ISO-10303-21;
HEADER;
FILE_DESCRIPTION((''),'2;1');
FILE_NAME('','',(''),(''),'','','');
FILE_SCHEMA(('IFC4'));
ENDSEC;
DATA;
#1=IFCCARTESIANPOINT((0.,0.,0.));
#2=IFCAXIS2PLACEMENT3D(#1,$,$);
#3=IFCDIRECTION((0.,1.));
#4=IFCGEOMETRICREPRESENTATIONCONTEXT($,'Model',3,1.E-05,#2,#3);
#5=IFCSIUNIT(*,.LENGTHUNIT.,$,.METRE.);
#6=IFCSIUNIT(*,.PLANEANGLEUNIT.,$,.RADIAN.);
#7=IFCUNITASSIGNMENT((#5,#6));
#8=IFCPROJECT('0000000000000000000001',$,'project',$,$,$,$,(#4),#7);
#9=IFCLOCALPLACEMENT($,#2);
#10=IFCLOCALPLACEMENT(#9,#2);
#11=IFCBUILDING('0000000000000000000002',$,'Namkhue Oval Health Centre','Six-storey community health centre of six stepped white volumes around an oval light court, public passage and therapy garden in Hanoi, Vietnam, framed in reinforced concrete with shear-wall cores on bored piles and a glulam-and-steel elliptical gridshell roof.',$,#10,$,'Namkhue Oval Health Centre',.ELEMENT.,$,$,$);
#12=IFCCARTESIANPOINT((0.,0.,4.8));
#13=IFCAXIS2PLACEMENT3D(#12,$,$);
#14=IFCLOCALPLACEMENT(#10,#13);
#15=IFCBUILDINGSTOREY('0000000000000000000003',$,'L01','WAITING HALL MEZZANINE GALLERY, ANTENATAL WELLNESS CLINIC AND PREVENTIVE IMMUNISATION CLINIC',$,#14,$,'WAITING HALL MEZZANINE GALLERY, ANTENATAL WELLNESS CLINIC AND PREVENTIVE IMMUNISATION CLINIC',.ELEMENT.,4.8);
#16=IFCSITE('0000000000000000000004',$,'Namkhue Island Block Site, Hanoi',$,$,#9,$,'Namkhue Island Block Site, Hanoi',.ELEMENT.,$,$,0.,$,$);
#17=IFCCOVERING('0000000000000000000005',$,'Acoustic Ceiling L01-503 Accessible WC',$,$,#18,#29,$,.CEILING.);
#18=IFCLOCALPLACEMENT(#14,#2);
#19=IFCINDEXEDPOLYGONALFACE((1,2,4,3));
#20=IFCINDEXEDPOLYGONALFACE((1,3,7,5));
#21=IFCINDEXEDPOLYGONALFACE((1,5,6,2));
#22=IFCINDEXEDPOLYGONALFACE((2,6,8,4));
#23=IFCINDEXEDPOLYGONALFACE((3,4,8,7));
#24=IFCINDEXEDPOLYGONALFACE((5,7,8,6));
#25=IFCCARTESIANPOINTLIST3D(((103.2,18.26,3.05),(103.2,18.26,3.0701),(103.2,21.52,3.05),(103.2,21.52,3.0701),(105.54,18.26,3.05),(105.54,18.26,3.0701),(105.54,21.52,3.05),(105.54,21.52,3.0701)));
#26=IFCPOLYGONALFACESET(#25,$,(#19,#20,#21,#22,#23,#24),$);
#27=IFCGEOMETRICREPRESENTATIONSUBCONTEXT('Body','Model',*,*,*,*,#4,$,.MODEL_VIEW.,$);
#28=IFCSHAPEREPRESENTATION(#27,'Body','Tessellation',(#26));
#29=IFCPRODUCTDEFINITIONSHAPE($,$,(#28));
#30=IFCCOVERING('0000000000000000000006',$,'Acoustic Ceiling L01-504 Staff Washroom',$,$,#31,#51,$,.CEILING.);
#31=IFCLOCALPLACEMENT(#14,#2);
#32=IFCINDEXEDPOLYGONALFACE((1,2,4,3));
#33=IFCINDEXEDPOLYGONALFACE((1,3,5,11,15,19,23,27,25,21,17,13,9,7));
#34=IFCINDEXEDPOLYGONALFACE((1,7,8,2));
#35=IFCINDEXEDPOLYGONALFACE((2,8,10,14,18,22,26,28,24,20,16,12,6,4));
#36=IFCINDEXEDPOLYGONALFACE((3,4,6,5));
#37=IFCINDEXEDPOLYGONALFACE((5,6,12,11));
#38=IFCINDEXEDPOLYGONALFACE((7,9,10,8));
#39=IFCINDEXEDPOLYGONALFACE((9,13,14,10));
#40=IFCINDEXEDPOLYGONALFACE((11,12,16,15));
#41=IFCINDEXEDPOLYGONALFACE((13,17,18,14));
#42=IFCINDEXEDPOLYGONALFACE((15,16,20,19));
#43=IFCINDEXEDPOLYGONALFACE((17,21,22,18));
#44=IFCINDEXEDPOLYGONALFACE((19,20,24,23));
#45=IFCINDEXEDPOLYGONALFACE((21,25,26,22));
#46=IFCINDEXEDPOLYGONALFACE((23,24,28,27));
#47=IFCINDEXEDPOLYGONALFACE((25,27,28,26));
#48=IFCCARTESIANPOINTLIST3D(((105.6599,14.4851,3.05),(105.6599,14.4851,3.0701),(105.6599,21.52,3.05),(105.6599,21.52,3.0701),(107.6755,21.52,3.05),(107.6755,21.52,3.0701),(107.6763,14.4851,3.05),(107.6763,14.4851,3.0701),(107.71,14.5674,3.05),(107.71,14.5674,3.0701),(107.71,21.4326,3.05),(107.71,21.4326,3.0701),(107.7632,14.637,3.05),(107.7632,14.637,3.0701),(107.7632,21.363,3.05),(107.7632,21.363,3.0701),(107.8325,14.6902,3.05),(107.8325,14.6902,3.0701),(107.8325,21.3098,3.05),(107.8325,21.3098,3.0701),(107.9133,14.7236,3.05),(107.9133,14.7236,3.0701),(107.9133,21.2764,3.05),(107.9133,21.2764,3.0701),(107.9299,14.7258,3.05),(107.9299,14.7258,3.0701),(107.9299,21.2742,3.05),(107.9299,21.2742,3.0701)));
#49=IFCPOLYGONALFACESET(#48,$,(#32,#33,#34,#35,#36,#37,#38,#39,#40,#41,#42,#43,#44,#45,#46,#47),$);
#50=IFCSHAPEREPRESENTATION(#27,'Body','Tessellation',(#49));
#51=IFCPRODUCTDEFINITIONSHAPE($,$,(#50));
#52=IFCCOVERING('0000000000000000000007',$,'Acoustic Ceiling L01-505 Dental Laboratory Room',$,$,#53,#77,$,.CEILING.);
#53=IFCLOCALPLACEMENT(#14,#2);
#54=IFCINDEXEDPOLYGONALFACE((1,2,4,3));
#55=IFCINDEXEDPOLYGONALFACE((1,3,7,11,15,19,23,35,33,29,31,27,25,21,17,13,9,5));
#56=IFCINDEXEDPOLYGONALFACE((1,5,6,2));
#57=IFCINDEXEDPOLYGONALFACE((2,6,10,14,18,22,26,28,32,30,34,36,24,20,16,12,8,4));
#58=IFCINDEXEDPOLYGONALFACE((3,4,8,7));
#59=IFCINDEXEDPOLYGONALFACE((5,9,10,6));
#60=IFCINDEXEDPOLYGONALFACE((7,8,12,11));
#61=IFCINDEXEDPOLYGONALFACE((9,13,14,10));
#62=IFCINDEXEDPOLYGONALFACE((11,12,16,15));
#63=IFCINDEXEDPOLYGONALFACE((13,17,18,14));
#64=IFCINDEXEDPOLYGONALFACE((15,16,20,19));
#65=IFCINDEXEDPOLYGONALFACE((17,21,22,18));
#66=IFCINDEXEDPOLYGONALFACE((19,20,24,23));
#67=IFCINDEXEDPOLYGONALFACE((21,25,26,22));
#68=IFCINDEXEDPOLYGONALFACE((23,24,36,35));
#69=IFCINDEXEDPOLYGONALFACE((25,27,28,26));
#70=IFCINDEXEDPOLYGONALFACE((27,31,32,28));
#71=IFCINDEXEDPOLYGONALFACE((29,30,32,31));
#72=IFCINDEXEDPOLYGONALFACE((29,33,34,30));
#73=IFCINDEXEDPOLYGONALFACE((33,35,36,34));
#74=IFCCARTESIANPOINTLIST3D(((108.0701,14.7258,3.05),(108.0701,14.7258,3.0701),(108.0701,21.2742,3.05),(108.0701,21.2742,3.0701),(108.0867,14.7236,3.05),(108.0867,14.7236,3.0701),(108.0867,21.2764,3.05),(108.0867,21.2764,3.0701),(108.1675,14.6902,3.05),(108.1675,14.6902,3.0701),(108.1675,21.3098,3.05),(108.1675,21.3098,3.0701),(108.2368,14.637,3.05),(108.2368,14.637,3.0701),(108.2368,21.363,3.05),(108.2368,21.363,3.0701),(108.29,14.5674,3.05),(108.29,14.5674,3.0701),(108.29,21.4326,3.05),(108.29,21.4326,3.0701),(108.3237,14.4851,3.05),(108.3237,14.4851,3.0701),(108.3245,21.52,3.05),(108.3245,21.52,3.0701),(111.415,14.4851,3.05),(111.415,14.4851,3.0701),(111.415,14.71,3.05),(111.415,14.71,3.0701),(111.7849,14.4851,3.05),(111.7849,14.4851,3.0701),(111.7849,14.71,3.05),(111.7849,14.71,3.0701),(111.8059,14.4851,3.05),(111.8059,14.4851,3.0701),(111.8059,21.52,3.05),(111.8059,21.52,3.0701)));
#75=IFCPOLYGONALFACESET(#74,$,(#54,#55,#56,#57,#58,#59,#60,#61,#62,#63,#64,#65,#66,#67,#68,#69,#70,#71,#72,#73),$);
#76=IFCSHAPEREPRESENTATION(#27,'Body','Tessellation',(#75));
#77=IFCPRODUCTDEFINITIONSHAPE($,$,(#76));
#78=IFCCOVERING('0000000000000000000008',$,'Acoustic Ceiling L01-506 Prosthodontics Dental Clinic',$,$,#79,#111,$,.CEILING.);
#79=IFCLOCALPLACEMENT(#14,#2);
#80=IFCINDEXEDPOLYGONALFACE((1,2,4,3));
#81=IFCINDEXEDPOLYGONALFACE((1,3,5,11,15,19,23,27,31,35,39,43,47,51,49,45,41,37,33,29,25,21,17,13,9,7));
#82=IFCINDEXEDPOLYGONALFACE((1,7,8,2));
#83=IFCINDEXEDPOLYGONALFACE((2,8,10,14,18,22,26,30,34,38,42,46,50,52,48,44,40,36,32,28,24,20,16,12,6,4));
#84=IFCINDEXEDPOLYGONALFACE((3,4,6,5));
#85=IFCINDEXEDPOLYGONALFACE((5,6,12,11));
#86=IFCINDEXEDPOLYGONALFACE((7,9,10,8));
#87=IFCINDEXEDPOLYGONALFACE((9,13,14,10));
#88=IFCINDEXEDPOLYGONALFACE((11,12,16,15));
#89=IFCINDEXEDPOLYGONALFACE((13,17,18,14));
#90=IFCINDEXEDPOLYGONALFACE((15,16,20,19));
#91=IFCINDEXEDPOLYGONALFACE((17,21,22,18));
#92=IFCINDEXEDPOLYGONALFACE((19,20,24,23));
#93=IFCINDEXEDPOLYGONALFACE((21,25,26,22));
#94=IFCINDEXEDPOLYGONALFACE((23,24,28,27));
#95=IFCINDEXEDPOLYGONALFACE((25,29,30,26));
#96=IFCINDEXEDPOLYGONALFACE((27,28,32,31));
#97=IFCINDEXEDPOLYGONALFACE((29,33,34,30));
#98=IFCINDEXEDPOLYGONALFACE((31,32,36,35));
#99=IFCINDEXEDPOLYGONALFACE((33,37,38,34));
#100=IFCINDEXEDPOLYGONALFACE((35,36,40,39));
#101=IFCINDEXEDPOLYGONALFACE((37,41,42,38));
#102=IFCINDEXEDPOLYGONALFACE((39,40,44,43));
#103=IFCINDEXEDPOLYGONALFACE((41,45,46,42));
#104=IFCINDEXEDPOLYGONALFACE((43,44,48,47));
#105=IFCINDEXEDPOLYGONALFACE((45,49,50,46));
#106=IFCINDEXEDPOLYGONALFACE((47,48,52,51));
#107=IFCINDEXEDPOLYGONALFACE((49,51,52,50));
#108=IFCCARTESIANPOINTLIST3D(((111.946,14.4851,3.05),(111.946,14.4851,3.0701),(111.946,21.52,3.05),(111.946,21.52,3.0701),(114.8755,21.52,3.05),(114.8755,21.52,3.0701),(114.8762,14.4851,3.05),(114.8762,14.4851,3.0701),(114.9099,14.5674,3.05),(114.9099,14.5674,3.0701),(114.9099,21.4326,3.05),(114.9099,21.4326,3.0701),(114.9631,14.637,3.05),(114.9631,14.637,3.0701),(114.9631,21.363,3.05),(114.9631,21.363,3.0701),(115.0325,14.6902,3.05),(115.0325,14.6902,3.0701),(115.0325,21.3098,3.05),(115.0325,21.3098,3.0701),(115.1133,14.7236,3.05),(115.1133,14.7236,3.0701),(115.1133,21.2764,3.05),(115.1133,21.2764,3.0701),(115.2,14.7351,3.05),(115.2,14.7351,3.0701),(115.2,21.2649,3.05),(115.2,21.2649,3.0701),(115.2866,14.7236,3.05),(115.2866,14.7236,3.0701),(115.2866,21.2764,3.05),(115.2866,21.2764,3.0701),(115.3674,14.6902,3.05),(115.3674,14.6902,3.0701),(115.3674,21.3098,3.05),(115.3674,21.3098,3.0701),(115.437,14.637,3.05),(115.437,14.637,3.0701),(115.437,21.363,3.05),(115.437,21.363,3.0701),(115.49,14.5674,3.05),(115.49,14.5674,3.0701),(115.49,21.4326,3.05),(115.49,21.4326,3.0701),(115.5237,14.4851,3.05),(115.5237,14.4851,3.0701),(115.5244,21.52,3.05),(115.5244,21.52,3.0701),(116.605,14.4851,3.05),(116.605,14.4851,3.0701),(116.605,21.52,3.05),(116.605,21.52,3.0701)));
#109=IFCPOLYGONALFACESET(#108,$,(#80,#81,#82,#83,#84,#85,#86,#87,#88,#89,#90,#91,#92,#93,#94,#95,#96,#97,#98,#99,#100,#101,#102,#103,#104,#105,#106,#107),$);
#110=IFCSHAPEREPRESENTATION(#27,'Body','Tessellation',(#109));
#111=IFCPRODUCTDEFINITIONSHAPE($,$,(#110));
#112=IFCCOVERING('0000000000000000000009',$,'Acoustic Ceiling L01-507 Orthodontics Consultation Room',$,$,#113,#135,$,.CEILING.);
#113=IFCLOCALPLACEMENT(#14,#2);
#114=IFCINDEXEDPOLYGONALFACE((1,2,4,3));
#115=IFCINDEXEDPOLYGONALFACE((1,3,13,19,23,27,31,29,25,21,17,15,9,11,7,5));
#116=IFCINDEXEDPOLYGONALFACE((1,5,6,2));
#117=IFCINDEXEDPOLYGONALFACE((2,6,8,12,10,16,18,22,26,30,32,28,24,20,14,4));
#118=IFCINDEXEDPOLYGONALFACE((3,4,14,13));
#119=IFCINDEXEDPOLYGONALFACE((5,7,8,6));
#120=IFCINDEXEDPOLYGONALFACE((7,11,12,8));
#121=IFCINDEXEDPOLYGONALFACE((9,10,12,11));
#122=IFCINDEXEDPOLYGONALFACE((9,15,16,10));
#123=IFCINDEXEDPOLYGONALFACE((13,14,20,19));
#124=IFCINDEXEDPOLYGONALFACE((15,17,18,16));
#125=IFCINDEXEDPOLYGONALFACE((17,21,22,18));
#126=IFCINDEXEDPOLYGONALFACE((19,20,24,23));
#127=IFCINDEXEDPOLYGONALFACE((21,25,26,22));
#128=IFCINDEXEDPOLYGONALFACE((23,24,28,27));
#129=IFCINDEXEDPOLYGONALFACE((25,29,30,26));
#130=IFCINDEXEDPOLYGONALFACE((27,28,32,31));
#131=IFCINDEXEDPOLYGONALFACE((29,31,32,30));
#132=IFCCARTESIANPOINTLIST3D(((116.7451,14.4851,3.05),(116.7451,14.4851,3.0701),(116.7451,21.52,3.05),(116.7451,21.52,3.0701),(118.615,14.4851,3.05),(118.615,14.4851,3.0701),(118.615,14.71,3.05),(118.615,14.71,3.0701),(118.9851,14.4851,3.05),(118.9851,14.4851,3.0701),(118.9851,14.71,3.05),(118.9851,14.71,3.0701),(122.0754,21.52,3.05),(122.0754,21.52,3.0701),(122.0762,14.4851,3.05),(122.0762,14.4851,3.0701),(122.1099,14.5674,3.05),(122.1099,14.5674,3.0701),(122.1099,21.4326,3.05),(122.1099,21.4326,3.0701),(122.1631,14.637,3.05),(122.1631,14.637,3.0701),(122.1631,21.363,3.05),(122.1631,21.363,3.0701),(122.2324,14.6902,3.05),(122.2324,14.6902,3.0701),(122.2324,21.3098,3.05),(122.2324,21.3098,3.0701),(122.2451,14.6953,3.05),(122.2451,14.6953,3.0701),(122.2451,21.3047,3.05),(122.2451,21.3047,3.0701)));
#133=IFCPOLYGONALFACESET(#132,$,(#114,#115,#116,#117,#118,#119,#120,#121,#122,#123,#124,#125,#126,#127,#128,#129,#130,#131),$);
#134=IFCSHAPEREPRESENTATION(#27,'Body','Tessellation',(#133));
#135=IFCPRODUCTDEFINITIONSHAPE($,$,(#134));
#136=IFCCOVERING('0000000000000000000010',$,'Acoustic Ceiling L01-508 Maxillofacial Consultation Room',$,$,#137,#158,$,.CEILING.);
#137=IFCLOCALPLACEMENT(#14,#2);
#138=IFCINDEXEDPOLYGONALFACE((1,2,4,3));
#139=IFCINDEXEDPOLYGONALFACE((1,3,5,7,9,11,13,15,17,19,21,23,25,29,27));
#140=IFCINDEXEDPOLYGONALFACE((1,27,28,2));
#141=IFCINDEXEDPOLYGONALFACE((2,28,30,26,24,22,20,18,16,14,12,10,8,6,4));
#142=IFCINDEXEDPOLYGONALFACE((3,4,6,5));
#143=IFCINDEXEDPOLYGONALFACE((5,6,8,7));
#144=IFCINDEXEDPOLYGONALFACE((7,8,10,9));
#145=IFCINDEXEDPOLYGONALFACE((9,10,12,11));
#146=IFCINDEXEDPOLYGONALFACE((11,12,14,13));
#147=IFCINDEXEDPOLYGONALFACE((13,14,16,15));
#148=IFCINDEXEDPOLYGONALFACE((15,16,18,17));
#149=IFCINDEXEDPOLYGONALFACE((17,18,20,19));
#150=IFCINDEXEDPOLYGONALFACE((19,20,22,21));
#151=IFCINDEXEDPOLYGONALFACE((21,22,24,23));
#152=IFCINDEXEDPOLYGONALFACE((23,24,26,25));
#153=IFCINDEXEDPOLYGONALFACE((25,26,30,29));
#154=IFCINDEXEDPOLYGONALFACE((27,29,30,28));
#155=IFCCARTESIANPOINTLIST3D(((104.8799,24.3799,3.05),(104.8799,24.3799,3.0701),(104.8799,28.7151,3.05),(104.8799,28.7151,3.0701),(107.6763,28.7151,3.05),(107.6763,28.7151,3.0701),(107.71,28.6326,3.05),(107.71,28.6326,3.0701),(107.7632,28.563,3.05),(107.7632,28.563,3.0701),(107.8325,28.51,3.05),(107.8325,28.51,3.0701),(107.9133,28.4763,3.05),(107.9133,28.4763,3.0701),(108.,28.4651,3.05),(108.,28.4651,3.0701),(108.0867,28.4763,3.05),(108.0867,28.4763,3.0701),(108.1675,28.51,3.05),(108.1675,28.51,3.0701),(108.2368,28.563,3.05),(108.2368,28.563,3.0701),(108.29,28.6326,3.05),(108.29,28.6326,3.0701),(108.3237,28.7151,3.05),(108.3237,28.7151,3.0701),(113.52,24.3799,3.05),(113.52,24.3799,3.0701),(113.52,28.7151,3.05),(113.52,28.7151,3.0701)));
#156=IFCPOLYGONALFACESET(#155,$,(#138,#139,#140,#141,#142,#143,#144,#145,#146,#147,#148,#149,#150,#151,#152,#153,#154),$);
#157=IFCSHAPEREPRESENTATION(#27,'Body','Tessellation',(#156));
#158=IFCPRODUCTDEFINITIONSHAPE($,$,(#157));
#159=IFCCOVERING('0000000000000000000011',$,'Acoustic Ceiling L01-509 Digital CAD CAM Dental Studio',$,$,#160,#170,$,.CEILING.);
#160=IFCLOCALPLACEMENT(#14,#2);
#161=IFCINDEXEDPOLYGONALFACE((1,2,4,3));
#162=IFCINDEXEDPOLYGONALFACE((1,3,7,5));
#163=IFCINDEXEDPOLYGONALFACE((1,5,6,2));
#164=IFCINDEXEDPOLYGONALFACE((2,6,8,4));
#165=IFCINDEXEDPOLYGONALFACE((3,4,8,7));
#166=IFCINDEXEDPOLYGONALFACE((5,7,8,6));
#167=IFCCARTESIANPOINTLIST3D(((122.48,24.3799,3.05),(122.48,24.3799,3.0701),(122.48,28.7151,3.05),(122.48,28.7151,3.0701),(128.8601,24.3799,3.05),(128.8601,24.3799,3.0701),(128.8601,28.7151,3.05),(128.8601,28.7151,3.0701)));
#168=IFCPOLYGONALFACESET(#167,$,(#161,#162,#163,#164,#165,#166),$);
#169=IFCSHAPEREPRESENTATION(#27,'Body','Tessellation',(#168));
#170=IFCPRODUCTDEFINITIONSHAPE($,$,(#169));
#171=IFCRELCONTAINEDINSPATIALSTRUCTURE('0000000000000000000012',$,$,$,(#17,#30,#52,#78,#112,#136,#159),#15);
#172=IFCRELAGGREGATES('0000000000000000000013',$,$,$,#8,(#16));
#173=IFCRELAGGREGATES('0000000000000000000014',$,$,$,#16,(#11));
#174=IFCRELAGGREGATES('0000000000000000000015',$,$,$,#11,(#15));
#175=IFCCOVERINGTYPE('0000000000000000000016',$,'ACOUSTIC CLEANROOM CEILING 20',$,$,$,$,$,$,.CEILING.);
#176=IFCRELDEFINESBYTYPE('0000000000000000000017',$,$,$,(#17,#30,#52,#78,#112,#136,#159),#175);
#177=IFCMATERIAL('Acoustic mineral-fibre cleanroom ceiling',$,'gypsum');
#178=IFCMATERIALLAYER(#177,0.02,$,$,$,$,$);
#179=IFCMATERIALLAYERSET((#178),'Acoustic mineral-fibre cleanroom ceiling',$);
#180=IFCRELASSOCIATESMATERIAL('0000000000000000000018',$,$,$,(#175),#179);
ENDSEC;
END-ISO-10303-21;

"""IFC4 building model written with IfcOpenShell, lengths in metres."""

from ifc_helpers import new_model, si_unit, direction, frame, origin, place, context, subcontext, project, spatial, polyline, outline, extrude, material, layer, layer_set, type_object, element, save


model = new_model("IFC4")

# Units and contexts
model_context = context("Model", 3, precision=1e-05, world=origin(), true_north=direction((0.0, 1.0)))
body_context = subcontext(model_context, "Body", "Model", "MODEL_VIEW")
ifc_project = project(units=[si_unit("LENGTHUNIT", "METRE"), si_unit("PLANEANGLEUNIT", "RADIAN")], contexts=[model_context])

# Site, building, storey
site_placement = place(None, origin())
site = spatial("IfcSite", under=ifc_project, at=site_placement, Name="Namkhue Island Block Site, Hanoi", LongName="Namkhue Island Block Site, Hanoi", CompositionType="ELEMENT", RefElevation=0.0)
building_placement = place(site_placement, origin())
building = spatial("IfcBuilding", under=site, at=building_placement, Name="Namkhue Oval Health Centre", Description="Six-storey community health centre of six stepped white volumes around an oval light court, public passage and therapy garden in Hanoi, Vietnam, framed in reinforced concrete with shear-wall cores on bored piles and a glulam-and-steel elliptical gridshell roof.", LongName="Namkhue Oval Health Centre", CompositionType="ELEMENT")
storey_placement = place(building_placement, frame((0.0, 0.0, 4.8)))
storey = spatial("IfcBuildingStorey", under=building, at=storey_placement, Name="L01", Description="WAITING HALL MEZZANINE GALLERY, ANTENATAL WELLNESS CLINIC AND PREVENTIVE IMMUNISATION CLINIC", LongName="WAITING HALL MEZZANINE GALLERY, ANTENATAL WELLNESS CLINIC AND PREVENTIVE IMMUNISATION CLINIC", CompositionType="ELEMENT", Elevation=4.8)

# Coverings
ifc_material_1 = material(Name="Acoustic mineral-fibre cleanroom ceiling", Category="gypsum")
ifc_layer_1 = layer(ifc_material_1, 0.02)
ifc_layer_set_1 = layer_set([ifc_layer_1], Name="Acoustic mineral-fibre cleanroom ceiling")
covering_type_1 = type_object("IfcCoveringType", Name="ACOUSTIC CLEANROOM CEILING 20", PredefinedType="CEILING", material=ifc_layer_set_1)
covering_1_placement = place(storey_placement, frame((0.0, 0.0, 3.05)))
element("IfcCovering", 1, at=covering_1_placement, inside=storey, type_object=covering_type_1, Name="Acoustic Ceiling L01-503 Accessible WC", PredefinedType="CEILING", context=body_context, shape_type="SweptSolid", body=[
    extrude(outline(polyline([(103.2, 18.26), (103.2, 21.52), (105.54, 21.52), (105.54, 18.26), (103.2, 18.26)])), origin(), (0.0, 0.0, 1.0), 0.02),
])
covering_2_placement = place(storey_placement, frame((0.0, 0.0, 3.05)))
element("IfcCovering", 2, at=covering_2_placement, inside=storey, type_object=covering_type_1, Name="Acoustic Ceiling L01-504 Staff Washroom", PredefinedType="CEILING", context=body_context, shape_type="SweptSolid", body=[
    extrude(outline(polyline([(105.6599, 14.4851), (105.6599, 21.52), (107.6755, 21.52), (107.71, 21.4326), (107.7632, 21.363), (107.8325, 21.3098), (107.9133, 21.2764), (107.9299, 21.2742), (107.9299, 14.7258), (107.9133, 14.7236), (107.8325, 14.6902), (107.7632, 14.637), (107.71, 14.5674), (107.6763, 14.4851), (105.6599, 14.4851)])), origin(), (0.0, 0.0, 1.0), 0.02),
])
covering_3_placement = place(storey_placement, frame((0.0, 0.0, 3.05)))
element("IfcCovering", 3, at=covering_3_placement, inside=storey, type_object=covering_type_1, Name="Acoustic Ceiling L01-505 Dental Laboratory Room", PredefinedType="CEILING", context=body_context, shape_type="SweptSolid", body=[
    extrude(outline(polyline([(111.7849, 14.4851), (111.7849, 14.71), (111.415, 14.71), (111.415, 14.4851), (108.3237, 14.4851), (108.29, 14.5674), (108.2368, 14.637), (108.1675, 14.6902), (108.0867, 14.7236), (108.0701, 14.7258), (108.0701, 21.2742), (108.0867, 21.2764), (108.1675, 21.3098), (108.2368, 21.363), (108.29, 21.4326), (108.3245, 21.52), (111.8059, 21.52), (111.8059, 14.4851), (111.7849, 14.4851)])), origin(), (0.0, 0.0, 1.0), 0.02),
])
covering_4_placement = place(storey_placement, frame((0.0, 0.0, 3.05)))
element("IfcCovering", 4, at=covering_4_placement, inside=storey, type_object=covering_type_1, Name="Acoustic Ceiling L01-506 Prosthodontics Dental Clinic", PredefinedType="CEILING", context=body_context, shape_type="SweptSolid", body=[
    extrude(outline(polyline([(115.5237, 14.4851), (115.49, 14.5674), (115.437, 14.637), (115.3674, 14.6902), (115.2866, 14.7236), (115.2, 14.7351), (115.1133, 14.7236), (115.0325, 14.6902), (114.9631, 14.637), (114.9099, 14.5674), (114.8762, 14.4851), (111.946, 14.4851), (111.946, 21.52), (114.8755, 21.52), (114.9099, 21.4326), (114.9631, 21.363), (115.0325, 21.3098), (115.1133, 21.2764), (115.2, 21.2649), (115.2866, 21.2764), (115.3674, 21.3098), (115.437, 21.363), (115.49, 21.4326), (115.5244, 21.52), (116.605, 21.52), (116.605, 14.4851), (115.5237, 14.4851)])), origin(), (0.0, 0.0, 1.0), 0.02),
])
covering_5_placement = place(storey_placement, frame((0.0, 0.0, 3.05)))
element("IfcCovering", 5, at=covering_5_placement, inside=storey, type_object=covering_type_1, Name="Acoustic Ceiling L01-507 Orthodontics Consultation Room", PredefinedType="CEILING", context=body_context, shape_type="SweptSolid", body=[
    extrude(outline(polyline([(118.9851, 14.4851), (118.9851, 14.71), (118.615, 14.71), (118.615, 14.4851), (116.7451, 14.4851), (116.7451, 21.52), (122.0754, 21.52), (122.1099, 21.4326), (122.1631, 21.363), (122.2324, 21.3098), (122.2451, 21.3047), (122.2451, 14.6953), (122.2324, 14.6902), (122.1631, 14.637), (122.1099, 14.5674), (122.0762, 14.4851), (118.9851, 14.4851)])), origin(), (0.0, 0.0, 1.0), 0.02),
])
covering_6_placement = place(storey_placement, frame((0.0, 0.0, 3.05)))
element("IfcCovering", 6, at=covering_6_placement, inside=storey, type_object=covering_type_1, Name="Acoustic Ceiling L01-508 Maxillofacial Consultation Room", PredefinedType="CEILING", context=body_context, shape_type="SweptSolid", body=[
    extrude(outline(polyline([(104.8799, 24.3799), (104.8799, 28.7151), (107.6763, 28.7151), (107.71, 28.6326), (107.7632, 28.563), (107.8325, 28.51), (107.9133, 28.4763), (108.0, 28.4651), (108.0867, 28.4763), (108.1675, 28.51), (108.2368, 28.563), (108.29, 28.6326), (108.3237, 28.7151), (113.52, 28.7151), (113.52, 24.3799), (104.8799, 24.3799)])), origin(), (0.0, 0.0, 1.0), 0.02),
])
covering_7_placement = place(storey_placement, frame((0.0, 0.0, 3.05)))
element("IfcCovering", 7, at=covering_7_placement, inside=storey, type_object=covering_type_1, Name="Acoustic Ceiling L01-509 Digital CAD CAM Dental Studio", PredefinedType="CEILING", context=body_context, shape_type="SweptSolid", body=[
    extrude(outline(polyline([(122.48, 24.3799), (122.48, 28.7151), (128.8601, 28.7151), (128.8601, 24.3799), (122.48, 24.3799)])), origin(), (0.0, 0.0, 1.0), 0.02),
])

save(model, "model.ifc")
